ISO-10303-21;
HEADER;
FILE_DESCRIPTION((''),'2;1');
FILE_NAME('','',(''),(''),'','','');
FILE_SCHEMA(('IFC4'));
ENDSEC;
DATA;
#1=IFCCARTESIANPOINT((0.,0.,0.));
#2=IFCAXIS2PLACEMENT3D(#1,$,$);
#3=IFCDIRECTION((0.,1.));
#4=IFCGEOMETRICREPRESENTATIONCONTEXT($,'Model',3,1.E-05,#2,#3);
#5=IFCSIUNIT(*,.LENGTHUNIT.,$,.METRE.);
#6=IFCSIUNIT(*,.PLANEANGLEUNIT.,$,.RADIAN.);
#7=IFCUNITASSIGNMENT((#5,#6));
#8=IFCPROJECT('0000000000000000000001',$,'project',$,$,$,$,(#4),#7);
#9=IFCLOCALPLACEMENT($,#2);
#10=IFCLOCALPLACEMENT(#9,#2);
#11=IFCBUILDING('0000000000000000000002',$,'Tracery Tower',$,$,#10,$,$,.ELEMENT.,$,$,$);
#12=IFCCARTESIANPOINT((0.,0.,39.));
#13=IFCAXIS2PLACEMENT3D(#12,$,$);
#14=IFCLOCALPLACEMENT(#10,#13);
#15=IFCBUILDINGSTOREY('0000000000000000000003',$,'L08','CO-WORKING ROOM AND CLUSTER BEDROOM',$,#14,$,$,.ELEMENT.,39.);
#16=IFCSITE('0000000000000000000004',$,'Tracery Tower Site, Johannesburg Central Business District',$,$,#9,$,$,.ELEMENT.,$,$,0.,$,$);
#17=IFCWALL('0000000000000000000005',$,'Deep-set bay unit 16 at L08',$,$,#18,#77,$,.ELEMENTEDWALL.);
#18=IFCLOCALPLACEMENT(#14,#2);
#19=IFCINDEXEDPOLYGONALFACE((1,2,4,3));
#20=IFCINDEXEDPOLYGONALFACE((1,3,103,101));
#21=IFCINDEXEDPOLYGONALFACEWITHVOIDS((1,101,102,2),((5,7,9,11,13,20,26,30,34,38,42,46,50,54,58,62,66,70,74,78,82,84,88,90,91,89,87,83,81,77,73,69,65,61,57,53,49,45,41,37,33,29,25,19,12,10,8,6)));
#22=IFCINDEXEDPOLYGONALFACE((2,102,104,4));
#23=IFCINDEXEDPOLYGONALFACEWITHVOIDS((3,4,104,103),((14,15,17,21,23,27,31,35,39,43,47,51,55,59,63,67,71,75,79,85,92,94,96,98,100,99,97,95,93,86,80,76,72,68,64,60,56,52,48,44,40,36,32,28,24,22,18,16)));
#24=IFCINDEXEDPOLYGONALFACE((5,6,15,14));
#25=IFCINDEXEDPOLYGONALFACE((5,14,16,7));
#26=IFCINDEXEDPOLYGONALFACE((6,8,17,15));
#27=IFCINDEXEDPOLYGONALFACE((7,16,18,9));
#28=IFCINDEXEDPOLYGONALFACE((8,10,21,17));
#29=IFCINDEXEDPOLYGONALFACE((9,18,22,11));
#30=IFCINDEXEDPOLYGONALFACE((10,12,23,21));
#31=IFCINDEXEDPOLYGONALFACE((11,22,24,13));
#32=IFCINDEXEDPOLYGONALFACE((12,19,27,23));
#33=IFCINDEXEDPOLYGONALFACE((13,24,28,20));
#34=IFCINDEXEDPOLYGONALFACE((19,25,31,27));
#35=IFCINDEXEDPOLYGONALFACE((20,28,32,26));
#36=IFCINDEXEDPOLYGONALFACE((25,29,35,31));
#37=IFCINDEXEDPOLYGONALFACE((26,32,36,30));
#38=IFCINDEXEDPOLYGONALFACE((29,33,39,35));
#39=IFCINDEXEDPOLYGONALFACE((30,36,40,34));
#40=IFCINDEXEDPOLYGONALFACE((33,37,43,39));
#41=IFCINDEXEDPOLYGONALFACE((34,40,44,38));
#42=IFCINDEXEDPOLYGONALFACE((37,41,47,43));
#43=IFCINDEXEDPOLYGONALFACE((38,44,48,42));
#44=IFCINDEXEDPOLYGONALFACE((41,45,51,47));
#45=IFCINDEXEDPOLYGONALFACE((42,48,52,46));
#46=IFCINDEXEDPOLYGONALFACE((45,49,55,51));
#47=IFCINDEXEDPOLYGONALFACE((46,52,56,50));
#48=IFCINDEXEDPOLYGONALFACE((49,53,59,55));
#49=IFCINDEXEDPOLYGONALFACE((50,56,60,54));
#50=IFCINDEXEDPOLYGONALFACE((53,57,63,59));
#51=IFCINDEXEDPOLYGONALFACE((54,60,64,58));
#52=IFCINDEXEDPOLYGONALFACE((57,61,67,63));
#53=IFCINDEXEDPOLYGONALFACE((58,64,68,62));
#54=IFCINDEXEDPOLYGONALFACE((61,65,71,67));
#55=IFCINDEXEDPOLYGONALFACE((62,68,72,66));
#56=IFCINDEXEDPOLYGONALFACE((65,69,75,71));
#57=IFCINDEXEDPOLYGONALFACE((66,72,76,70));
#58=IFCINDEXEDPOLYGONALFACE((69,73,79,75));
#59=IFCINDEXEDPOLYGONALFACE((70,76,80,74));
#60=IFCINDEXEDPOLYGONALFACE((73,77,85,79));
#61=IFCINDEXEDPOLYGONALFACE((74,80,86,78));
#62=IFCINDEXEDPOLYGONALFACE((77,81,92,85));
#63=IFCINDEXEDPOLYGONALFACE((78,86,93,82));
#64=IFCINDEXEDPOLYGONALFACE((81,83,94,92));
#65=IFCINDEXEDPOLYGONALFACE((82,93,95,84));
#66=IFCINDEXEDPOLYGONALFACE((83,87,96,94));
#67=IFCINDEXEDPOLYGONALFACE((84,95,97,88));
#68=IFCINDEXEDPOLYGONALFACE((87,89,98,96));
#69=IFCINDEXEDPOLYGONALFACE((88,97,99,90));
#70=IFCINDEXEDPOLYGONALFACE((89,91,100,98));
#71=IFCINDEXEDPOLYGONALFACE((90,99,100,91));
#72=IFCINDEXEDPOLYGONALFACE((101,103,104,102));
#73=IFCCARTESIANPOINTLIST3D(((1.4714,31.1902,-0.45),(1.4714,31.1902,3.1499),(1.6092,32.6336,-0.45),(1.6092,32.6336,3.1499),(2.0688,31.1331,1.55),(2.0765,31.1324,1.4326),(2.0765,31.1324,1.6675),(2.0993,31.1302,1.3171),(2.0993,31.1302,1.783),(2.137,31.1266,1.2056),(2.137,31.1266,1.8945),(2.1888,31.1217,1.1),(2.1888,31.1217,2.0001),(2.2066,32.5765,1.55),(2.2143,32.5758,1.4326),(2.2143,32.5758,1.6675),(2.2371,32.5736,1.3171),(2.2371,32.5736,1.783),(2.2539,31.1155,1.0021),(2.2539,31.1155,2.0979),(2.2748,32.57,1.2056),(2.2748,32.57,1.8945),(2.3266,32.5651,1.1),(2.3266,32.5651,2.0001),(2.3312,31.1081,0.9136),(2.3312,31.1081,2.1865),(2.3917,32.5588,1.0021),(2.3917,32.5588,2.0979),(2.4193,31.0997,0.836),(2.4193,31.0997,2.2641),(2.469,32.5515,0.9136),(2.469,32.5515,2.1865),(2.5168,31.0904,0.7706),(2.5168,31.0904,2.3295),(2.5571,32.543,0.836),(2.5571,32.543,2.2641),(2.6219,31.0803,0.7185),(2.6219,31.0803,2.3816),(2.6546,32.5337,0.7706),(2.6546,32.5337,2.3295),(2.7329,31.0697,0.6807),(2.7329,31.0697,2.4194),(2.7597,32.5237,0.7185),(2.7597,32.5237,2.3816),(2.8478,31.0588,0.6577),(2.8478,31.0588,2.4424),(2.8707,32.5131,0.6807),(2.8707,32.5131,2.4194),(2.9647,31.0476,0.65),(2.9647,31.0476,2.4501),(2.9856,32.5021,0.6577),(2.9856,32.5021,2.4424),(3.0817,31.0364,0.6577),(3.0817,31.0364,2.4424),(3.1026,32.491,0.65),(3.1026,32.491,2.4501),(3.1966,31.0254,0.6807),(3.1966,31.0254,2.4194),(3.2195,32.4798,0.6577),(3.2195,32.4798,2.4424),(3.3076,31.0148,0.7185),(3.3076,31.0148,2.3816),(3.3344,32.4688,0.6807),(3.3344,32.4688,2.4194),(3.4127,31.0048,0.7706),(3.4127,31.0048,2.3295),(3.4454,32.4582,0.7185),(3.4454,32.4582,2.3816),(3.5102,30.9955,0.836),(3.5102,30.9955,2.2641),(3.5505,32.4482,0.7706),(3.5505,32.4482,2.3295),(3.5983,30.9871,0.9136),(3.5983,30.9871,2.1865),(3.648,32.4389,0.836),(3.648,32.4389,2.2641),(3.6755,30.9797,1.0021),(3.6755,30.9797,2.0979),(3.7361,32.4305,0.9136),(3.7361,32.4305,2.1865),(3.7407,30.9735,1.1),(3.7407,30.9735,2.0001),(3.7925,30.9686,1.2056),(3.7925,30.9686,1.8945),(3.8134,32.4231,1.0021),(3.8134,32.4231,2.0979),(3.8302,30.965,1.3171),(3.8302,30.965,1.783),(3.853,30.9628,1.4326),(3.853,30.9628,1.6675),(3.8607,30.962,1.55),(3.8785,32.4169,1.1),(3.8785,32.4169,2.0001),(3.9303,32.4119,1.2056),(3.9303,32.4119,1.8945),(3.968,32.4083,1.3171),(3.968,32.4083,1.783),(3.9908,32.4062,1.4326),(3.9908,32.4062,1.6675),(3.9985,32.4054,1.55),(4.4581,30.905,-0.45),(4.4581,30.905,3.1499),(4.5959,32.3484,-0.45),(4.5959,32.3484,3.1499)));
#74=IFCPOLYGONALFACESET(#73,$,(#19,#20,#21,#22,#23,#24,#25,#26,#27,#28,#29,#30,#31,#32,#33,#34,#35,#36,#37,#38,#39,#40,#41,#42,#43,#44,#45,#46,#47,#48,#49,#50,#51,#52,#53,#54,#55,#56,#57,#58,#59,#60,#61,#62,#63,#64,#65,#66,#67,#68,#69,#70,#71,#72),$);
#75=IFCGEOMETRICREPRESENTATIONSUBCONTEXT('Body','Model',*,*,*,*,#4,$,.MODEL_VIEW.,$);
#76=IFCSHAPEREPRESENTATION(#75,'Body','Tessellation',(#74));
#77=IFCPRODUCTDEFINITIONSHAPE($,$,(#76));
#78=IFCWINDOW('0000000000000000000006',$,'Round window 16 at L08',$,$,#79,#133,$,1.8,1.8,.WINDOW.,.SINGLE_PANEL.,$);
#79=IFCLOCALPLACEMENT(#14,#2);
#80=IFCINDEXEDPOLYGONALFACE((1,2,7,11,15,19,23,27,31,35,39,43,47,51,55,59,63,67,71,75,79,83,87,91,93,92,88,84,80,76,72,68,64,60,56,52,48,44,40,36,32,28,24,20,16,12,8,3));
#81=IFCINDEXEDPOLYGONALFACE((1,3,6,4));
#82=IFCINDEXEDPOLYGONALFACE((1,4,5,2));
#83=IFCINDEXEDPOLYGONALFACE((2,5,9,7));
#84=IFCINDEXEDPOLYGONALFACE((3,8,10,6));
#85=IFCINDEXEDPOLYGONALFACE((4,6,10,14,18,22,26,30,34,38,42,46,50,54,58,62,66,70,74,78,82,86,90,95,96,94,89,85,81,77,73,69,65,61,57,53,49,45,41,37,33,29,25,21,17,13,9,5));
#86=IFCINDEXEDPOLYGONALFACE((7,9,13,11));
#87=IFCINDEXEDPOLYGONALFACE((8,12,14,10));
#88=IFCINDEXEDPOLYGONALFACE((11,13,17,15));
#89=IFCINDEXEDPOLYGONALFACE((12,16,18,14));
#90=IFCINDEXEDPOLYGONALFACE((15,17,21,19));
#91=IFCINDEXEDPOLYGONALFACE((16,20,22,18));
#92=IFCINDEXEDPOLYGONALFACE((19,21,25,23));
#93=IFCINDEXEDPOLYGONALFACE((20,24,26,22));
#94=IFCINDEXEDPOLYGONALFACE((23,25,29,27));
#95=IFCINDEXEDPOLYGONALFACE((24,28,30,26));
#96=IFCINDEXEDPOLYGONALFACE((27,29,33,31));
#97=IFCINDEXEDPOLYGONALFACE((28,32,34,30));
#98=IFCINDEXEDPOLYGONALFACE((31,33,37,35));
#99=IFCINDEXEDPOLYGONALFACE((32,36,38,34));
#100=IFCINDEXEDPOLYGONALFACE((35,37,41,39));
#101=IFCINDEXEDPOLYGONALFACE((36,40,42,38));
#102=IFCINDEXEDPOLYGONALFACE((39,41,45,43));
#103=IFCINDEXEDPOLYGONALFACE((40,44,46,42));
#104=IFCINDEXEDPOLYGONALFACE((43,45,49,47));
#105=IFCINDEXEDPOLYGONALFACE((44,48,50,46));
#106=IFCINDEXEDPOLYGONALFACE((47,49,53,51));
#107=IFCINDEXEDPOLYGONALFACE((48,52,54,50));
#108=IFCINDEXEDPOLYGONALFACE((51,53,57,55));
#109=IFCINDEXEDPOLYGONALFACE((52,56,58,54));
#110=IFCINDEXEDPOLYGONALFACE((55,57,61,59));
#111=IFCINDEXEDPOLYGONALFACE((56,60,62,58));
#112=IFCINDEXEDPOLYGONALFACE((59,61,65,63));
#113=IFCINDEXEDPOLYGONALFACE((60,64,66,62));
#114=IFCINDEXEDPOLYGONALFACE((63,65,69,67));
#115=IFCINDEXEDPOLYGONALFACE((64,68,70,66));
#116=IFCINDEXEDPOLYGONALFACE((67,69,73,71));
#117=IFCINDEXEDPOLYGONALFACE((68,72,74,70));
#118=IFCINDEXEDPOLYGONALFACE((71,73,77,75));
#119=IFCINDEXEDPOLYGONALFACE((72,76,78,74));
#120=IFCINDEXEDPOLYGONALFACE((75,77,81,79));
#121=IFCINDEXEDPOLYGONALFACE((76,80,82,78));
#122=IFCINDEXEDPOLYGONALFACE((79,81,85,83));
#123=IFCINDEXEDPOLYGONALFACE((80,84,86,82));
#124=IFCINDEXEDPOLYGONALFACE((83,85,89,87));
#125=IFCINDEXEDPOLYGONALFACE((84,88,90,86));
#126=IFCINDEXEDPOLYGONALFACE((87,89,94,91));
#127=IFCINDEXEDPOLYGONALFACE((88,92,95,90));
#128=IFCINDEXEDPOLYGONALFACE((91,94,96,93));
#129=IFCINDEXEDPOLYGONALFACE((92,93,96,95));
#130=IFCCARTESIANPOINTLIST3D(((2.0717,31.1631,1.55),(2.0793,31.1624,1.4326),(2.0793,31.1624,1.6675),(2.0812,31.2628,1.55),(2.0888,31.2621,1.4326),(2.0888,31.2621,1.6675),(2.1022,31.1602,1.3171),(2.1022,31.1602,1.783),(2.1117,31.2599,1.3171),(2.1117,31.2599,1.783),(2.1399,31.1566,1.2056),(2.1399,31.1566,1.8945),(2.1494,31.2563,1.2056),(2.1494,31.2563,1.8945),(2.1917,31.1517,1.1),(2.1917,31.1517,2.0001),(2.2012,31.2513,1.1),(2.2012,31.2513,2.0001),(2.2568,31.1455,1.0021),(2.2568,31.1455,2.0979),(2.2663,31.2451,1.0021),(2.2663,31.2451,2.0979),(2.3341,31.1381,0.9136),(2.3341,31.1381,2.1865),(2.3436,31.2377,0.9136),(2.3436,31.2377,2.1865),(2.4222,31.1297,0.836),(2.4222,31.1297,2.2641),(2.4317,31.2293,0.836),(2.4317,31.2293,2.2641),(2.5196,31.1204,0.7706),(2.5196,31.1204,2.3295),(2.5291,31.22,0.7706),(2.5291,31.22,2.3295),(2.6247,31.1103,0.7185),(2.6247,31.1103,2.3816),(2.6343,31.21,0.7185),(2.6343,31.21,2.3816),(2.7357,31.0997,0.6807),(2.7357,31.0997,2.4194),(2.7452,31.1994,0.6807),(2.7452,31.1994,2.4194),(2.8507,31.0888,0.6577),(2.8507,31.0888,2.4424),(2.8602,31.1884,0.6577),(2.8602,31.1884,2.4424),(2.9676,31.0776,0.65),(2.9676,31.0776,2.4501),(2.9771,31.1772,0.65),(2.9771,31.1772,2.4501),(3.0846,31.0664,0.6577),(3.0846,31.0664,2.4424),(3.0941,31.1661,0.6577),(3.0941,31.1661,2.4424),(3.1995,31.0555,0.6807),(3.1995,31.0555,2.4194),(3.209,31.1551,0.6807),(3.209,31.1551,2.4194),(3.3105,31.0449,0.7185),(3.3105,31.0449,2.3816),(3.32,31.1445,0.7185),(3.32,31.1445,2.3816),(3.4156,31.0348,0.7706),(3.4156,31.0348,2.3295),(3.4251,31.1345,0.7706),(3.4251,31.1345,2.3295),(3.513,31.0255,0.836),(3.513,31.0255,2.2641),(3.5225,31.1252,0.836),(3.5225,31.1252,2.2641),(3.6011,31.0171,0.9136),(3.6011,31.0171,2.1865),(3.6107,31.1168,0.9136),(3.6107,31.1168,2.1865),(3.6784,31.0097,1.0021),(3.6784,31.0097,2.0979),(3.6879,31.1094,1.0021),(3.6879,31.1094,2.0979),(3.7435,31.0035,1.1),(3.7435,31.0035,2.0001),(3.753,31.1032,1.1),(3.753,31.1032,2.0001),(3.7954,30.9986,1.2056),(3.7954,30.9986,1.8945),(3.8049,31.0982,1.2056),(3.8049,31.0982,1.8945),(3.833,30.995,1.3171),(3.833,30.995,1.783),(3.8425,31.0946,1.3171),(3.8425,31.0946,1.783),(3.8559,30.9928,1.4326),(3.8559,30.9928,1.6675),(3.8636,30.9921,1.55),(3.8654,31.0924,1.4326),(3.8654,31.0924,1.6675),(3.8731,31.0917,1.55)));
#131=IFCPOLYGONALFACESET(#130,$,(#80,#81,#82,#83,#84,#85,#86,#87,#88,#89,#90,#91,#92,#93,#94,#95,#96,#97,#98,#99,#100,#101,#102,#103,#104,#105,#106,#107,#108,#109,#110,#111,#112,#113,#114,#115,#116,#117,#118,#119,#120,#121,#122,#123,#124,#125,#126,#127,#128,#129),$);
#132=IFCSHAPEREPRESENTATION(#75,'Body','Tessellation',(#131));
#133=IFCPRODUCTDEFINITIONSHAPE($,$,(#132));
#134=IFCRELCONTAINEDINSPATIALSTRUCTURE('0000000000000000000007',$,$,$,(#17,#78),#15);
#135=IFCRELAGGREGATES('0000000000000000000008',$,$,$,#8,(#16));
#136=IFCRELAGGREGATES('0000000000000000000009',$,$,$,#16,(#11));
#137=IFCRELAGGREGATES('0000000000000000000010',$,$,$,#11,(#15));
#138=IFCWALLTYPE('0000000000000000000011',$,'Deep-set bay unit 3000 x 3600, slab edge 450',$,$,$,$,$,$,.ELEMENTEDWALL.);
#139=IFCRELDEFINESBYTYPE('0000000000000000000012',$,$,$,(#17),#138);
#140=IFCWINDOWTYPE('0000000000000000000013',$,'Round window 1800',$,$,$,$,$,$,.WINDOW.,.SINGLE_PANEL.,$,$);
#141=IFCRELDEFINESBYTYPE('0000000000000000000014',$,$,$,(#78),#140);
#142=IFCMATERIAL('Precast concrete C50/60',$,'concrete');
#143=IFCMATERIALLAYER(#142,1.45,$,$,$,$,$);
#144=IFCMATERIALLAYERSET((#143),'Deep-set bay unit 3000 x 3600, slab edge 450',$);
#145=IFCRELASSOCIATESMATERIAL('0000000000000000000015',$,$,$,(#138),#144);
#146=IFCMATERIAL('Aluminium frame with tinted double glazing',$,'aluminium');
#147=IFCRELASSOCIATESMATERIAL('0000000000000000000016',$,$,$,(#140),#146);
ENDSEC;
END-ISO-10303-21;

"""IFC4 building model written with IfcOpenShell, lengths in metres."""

from ifc_helpers import new_model, si_unit, direction, frame, frame_2d, origin, origin_2d, place, context, subcontext, project, spatial, rectangle, circle, extrude, material, layer, layer_set, type_object, element, fill, save


model = new_model("IFC4")

# Units and contexts
model_context = context("Model", 3, precision=1e-05, world=origin(), true_north=direction((0.0, 1.0)))
body_context = subcontext(model_context, "Body", "Model", "MODEL_VIEW")
ifc_project = project(units=[si_unit("LENGTHUNIT", "METRE"), si_unit("PLANEANGLEUNIT", "RADIAN")], contexts=[model_context])

# Site, building, storey
site_placement = place(None, origin())
site = spatial("IfcSite", under=ifc_project, at=site_placement, Name="Tracery Tower Site, Johannesburg Central Business District", CompositionType="ELEMENT", RefElevation=0.0)
building_placement = place(site_placement, origin())
building = spatial("IfcBuilding", under=site, at=building_placement, Name="Tracery Tower", CompositionType="ELEMENT")
storey_placement = place(building_placement, frame((0.0, 0.0, 39.0)))
storey = spatial("IfcBuildingStorey", under=building, at=storey_placement, Name="L08", Description="CO-WORKING ROOM AND CLUSTER BEDROOM", CompositionType="ELEMENT", Elevation=39.0)

# Wall, opening, window
ifc_material_1 = material(Name="Precast concrete C50/60", Category="concrete")
ifc_layer_1 = layer(ifc_material_1, 1.45)
ifc_layer_set_1 = layer_set([ifc_layer_1], Name="Deep-set bay unit 3000 x 3600, slab edge 450")
wall_type_1 = type_object("IfcWallType", Name="Deep-set bay unit 3000 x 3600, slab edge 450", PredefinedType="ELEMENTEDWALL", material=ifc_layer_set_1)
wall_1_placement = place(storey_placement, frame((4.5269, 31.6267, -0.45), z_axis=(0.0, 0.0, 1.0), x_axis=(-0.995473, 0.095047, 0.0)))
wall_1 = element("IfcWall", 1, at=wall_1_placement, inside=storey, type_object=wall_type_1, Name="Deep-set bay unit 16 at L08", PredefinedType="ELEMENTEDWALL", context=body_context, shape_type="SweptSolid", body=[
    extrude(rectangle(XDim=3.0002, YDim=1.45, at=frame_2d((1.5, 0.0))), origin(), (0.0, 0.0, 1.0), 3.5999),
])
opening_1_placement = place(wall_1_placement, frame((1.5, 0.0, 2.0)))
opening_1 = element("IfcOpeningElement", 2, at=opening_1_placement, cuts=wall_1, PredefinedType="OPENING", context=body_context, shape_type="SweptSolid", body=[
    extrude(circle(Radius=0.9, at=origin_2d()), frame((0.0, 0.7349, 0.0), z_axis=(0.0, -1.0, 0.0), x_axis=(1.0, 0.0, 0.0)), (0.0, 0.0, 1.0), 1.47),
])
ifc_material_2 = material(Name="Aluminium frame with tinted double glazing", Category="aluminium")
window_type = type_object("IfcWindowType", Name="Round window 1800", PartitioningType="SINGLE_PANEL", PredefinedType="WINDOW", material=ifc_material_2)
window_1_placement = place(opening_1_placement, origin())
window_1 = element("IfcWindow", 3, at=window_1_placement, inside=storey, type_object=window_type, Name="Round window 16 at L08", OverallHeight=1.8, OverallWidth=1.8, PartitioningType="SINGLE_PANEL", PredefinedType="WINDOW", context=body_context, shape_type="SweptSolid", body=[
    extrude(circle(Radius=0.9, at=origin_2d()), frame((0.0, 0.6948, 0.0), z_axis=(0.0, -1.0, 0.0), x_axis=(1.0, 0.0, 0.0)), (0.0, 0.0, 1.0), 0.1001),
])
fill(opening_1, window_1)

save(model, "model.ifc")
